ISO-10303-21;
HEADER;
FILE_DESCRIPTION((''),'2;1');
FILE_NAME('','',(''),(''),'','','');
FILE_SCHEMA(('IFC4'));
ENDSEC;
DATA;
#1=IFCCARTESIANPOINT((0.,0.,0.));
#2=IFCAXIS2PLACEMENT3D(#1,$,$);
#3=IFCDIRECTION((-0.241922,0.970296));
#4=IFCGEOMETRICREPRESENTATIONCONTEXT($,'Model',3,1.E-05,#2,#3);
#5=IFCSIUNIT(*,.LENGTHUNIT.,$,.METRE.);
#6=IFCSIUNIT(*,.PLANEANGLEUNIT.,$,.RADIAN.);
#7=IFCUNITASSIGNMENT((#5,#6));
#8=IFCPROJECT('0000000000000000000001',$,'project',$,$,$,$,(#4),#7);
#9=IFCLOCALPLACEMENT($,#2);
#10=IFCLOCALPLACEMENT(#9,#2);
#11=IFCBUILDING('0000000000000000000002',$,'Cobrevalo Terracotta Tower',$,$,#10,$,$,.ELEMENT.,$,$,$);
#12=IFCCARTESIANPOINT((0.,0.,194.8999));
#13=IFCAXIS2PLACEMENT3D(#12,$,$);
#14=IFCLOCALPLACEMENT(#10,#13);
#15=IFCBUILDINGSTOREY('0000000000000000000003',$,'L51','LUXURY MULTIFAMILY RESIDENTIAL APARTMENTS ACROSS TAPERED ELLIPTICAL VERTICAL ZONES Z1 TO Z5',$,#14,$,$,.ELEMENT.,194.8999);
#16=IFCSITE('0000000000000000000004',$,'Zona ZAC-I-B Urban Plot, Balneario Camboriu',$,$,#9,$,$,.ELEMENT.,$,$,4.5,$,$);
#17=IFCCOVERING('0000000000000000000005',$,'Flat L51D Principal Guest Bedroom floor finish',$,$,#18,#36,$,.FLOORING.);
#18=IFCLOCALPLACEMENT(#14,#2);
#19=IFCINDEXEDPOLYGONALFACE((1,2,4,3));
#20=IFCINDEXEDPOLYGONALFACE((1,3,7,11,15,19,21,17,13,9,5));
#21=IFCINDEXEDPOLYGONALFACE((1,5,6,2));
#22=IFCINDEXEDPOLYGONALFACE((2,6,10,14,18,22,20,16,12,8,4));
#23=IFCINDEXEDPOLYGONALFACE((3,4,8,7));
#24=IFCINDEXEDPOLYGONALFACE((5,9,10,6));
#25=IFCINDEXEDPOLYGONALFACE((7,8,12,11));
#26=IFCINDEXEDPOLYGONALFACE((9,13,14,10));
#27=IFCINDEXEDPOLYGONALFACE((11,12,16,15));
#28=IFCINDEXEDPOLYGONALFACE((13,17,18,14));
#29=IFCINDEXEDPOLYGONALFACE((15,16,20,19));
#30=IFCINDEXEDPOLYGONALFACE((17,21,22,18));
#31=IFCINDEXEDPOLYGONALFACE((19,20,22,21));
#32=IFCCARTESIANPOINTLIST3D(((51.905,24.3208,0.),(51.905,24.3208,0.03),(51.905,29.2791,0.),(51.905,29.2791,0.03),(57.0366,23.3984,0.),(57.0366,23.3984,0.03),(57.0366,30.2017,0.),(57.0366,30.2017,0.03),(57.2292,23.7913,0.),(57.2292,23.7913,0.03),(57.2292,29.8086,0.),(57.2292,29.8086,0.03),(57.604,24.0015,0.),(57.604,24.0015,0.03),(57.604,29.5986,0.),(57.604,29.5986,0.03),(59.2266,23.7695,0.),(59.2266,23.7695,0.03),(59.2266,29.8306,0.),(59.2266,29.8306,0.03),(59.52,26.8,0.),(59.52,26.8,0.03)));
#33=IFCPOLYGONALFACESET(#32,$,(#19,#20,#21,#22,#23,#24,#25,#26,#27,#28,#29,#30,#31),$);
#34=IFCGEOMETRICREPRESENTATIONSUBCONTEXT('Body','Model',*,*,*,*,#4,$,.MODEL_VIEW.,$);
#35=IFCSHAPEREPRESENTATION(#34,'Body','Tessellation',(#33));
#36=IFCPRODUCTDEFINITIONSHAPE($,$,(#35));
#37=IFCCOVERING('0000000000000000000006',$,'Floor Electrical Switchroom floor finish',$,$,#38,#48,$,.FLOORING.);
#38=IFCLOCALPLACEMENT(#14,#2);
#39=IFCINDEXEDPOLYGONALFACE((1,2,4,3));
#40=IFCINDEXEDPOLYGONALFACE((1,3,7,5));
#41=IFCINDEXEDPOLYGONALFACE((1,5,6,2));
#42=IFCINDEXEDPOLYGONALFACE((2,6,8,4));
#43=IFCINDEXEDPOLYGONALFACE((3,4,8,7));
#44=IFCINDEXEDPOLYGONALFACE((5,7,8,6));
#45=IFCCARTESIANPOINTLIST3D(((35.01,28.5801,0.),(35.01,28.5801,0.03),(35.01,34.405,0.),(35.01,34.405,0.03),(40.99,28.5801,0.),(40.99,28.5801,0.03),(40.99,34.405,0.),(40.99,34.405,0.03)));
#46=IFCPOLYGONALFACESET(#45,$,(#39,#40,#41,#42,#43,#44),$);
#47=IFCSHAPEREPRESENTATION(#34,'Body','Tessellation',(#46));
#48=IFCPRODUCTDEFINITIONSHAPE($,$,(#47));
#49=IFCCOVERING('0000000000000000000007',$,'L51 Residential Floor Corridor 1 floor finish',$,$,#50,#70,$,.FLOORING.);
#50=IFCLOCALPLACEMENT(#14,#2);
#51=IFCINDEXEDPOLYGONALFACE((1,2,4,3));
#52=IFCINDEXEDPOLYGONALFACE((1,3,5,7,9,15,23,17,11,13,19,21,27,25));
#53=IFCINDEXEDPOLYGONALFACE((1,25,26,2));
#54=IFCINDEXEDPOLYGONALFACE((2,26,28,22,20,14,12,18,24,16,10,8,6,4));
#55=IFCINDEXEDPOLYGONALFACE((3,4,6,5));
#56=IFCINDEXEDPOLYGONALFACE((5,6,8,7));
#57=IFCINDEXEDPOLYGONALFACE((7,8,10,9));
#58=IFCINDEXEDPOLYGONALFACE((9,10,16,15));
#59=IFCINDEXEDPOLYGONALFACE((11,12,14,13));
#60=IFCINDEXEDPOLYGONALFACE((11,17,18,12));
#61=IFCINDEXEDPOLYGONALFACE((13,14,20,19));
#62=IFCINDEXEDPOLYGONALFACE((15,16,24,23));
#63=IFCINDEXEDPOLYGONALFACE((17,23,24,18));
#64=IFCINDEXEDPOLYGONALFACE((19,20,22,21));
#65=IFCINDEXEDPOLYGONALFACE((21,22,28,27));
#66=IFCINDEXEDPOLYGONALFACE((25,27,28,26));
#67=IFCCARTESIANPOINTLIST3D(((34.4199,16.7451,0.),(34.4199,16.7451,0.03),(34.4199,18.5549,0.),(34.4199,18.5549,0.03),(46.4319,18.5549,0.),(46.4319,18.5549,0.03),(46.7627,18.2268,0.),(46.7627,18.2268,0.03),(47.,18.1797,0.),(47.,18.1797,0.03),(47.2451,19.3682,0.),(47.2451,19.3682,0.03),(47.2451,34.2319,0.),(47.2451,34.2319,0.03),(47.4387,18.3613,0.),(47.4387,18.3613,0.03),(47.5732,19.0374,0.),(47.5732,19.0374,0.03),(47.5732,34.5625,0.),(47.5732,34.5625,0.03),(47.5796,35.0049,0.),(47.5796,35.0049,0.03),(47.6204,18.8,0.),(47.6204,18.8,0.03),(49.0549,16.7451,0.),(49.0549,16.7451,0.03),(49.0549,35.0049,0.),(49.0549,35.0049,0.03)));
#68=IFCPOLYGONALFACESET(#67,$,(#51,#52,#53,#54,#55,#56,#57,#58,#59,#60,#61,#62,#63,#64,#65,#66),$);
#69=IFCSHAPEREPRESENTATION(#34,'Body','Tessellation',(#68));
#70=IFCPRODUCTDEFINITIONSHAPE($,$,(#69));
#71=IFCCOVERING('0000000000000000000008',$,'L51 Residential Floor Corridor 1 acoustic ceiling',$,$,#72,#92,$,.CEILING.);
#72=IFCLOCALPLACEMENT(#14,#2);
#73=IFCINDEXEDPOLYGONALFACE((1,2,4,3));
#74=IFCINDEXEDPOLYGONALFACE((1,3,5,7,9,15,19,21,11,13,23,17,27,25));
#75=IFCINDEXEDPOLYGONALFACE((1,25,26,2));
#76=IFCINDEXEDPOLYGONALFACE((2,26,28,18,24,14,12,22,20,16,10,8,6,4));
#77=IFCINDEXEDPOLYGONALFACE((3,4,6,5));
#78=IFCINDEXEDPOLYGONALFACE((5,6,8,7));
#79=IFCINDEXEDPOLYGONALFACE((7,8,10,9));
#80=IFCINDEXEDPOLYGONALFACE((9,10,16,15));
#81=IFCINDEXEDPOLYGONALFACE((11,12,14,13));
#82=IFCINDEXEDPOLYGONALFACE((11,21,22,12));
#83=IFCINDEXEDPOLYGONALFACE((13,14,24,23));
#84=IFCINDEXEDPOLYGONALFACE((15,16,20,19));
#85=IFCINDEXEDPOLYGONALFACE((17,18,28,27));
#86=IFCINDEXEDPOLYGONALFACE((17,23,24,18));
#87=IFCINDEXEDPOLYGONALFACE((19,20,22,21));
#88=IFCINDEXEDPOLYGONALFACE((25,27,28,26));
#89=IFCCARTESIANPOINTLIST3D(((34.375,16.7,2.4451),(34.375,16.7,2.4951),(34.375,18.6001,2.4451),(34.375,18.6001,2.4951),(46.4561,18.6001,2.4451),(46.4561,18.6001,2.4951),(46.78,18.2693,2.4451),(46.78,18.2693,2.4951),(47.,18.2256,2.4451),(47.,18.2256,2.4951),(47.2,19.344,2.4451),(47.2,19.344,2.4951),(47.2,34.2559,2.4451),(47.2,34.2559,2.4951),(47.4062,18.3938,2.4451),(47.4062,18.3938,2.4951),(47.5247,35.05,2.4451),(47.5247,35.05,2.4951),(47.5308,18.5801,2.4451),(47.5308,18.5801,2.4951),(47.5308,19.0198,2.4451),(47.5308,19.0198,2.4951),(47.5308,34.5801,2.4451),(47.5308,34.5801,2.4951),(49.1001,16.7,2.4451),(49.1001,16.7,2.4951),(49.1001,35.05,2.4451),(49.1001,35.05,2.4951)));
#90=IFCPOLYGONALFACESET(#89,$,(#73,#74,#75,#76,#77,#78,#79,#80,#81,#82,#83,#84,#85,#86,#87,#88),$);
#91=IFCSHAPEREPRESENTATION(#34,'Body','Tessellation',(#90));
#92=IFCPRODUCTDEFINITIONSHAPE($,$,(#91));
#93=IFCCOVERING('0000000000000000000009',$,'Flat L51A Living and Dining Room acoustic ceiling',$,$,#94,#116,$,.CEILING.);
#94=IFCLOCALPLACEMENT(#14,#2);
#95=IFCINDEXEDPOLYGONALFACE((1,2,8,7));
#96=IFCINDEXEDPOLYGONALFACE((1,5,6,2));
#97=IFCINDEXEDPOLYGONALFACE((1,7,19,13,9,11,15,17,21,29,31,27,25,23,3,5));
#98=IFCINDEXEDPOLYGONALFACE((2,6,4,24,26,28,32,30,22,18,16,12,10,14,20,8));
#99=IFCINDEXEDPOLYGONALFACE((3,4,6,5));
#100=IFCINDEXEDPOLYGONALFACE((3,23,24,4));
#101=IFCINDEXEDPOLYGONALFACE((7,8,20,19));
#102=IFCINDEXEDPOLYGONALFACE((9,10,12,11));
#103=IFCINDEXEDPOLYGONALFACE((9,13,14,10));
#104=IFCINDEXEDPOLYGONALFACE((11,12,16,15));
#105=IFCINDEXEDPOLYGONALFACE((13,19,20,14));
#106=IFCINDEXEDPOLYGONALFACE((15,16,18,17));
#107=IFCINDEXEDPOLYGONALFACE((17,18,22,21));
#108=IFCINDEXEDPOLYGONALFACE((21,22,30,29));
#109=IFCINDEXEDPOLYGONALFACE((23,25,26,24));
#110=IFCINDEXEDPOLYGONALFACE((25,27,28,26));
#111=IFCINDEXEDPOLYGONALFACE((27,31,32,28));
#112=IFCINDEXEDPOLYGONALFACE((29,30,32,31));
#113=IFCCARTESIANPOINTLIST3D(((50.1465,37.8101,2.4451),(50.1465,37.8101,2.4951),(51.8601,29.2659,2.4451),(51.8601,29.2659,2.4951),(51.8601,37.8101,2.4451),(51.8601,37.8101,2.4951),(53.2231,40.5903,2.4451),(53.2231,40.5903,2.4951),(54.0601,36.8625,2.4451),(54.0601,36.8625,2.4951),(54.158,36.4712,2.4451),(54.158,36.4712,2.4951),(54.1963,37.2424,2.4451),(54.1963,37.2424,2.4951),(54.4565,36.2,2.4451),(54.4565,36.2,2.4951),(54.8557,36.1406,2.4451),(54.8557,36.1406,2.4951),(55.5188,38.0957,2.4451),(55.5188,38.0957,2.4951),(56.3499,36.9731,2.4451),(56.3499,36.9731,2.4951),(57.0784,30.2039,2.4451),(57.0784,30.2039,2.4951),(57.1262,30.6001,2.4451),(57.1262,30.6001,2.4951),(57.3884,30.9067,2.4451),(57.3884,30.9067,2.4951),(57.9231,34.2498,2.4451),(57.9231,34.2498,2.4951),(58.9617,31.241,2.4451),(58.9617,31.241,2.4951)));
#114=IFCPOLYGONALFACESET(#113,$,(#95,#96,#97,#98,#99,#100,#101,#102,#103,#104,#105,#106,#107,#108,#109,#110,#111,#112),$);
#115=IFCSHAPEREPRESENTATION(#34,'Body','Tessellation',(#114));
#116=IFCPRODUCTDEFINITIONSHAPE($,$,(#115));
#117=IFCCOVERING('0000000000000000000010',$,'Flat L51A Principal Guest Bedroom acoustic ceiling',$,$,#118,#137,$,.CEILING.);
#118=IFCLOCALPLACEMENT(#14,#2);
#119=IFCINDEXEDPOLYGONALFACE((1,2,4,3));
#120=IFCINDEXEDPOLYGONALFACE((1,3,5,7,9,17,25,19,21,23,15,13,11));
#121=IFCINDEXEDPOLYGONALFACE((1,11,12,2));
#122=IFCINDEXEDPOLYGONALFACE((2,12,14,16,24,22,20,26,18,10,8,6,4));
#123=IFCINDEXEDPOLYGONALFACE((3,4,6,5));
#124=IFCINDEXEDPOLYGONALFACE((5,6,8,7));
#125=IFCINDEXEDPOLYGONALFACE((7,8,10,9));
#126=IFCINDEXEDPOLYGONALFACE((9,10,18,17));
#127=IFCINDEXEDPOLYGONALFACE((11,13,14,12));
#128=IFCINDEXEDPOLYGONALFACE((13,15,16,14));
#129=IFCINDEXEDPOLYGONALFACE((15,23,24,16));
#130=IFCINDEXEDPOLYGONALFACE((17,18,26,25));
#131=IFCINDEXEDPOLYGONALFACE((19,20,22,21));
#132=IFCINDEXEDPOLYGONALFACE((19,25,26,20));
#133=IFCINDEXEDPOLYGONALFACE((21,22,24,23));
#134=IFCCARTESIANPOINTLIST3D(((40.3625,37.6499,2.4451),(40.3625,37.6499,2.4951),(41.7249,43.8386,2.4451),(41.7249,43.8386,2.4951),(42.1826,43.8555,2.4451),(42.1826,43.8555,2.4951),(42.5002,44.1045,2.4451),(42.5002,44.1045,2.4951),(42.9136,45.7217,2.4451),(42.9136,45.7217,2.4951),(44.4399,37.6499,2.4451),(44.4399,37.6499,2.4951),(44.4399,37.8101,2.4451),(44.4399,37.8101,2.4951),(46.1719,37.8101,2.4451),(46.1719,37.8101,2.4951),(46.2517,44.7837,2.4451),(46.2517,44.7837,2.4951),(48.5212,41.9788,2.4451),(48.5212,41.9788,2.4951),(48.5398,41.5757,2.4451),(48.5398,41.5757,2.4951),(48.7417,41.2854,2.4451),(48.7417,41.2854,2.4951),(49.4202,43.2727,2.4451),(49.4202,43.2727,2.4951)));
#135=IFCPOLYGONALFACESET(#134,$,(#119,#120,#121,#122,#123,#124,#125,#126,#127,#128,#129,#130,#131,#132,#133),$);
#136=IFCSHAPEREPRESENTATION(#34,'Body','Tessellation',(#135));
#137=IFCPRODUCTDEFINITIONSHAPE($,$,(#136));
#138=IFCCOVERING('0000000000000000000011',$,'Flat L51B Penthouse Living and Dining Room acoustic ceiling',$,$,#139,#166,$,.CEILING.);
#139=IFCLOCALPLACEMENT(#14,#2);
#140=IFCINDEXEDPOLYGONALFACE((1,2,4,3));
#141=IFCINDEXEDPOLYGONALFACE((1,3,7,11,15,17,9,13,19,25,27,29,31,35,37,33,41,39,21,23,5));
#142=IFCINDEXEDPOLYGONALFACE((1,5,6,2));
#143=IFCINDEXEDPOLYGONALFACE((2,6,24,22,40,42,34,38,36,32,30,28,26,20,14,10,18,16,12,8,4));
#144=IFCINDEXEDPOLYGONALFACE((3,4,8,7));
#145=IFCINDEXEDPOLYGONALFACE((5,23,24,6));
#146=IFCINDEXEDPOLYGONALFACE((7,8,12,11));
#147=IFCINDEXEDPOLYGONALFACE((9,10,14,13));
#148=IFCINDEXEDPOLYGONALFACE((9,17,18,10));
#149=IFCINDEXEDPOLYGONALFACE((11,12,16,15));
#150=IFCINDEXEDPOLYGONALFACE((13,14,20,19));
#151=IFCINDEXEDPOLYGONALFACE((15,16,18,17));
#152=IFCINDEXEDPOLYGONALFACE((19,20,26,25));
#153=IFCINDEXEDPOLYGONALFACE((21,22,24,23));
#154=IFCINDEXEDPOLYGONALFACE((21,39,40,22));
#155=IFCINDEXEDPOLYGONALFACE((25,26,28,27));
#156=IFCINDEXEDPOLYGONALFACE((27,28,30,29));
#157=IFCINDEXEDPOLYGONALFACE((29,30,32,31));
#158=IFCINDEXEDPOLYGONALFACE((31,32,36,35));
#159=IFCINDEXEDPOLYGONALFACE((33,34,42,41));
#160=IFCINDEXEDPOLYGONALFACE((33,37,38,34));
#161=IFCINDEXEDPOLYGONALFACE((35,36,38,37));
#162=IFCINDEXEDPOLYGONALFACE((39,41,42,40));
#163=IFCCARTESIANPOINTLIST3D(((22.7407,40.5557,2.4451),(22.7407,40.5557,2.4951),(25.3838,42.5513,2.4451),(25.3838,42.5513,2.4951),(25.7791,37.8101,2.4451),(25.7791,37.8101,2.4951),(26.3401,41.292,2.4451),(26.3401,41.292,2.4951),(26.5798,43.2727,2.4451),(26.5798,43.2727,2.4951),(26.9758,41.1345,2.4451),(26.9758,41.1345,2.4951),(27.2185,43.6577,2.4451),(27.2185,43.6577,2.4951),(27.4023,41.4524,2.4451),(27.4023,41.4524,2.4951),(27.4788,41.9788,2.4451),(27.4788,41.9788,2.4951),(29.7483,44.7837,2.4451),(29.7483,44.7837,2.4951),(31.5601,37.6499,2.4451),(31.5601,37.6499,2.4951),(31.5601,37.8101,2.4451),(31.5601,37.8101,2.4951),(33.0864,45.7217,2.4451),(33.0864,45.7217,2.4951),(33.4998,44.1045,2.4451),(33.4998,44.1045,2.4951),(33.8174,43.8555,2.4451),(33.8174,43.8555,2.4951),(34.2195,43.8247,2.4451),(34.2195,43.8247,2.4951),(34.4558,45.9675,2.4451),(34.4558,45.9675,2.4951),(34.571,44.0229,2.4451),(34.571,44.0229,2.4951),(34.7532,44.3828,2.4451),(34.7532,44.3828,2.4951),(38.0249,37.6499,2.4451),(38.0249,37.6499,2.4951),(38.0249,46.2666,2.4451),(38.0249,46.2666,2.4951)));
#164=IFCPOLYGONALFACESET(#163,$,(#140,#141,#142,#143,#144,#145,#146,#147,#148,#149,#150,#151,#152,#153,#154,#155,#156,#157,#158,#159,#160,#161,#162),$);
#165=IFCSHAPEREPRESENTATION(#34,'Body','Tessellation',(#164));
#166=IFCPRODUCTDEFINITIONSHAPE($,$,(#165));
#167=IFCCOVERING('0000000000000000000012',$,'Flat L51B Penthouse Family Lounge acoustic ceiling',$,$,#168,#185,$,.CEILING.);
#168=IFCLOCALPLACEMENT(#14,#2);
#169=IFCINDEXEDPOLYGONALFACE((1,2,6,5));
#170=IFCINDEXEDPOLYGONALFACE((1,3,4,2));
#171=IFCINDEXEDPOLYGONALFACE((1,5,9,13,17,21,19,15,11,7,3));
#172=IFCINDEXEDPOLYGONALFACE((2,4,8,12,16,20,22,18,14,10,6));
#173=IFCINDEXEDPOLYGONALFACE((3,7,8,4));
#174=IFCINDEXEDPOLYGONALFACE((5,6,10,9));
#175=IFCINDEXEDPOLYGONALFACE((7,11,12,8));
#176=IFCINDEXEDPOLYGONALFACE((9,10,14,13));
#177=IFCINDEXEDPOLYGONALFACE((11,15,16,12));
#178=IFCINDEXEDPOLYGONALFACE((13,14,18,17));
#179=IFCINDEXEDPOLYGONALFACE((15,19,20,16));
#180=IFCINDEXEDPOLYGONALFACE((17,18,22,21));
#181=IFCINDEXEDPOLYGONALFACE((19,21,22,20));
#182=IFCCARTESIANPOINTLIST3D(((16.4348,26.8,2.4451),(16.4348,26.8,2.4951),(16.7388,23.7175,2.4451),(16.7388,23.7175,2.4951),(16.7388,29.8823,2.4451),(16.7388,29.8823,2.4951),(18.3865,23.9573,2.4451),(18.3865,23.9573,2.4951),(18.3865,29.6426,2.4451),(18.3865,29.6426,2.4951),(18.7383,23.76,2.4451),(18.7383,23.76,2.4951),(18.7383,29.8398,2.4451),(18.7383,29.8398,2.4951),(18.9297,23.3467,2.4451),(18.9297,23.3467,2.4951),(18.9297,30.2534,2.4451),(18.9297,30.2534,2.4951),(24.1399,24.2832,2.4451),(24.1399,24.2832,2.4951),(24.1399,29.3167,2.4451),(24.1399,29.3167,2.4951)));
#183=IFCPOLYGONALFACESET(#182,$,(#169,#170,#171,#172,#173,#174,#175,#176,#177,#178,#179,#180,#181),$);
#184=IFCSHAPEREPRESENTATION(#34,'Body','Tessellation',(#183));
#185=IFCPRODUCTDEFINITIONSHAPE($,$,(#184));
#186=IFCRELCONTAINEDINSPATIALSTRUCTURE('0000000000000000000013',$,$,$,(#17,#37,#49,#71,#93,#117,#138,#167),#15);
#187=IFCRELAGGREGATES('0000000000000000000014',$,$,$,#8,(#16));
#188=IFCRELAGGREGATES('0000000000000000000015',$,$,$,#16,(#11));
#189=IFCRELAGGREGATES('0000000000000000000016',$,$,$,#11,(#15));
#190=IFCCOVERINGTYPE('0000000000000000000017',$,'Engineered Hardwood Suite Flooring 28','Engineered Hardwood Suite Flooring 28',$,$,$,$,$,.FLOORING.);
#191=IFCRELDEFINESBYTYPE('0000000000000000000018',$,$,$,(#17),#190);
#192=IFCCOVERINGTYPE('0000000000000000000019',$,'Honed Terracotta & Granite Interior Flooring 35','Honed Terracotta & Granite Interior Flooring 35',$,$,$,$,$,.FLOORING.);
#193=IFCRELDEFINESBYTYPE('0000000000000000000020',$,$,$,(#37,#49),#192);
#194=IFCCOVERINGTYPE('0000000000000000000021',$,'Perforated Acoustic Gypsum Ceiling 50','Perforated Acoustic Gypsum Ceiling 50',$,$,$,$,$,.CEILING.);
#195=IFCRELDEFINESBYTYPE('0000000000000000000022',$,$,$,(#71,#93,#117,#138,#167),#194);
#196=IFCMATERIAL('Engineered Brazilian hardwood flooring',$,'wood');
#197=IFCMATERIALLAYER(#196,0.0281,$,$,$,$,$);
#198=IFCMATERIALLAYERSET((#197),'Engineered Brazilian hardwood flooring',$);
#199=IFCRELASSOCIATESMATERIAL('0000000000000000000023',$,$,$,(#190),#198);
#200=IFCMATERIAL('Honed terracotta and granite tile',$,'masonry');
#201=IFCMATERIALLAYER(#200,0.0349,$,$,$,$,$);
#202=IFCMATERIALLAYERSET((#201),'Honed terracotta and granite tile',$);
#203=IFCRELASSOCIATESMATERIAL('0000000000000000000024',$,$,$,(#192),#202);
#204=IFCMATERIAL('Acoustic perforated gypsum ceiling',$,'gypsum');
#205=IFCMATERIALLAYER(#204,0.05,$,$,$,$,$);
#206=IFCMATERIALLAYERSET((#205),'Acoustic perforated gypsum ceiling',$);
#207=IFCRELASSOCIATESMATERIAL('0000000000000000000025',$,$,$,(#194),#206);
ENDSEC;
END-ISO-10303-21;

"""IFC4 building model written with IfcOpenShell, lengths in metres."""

from ifc_helpers import new_model, si_unit, direction, frame, origin, place, context, subcontext, project, spatial, polyline, outline, extrude, material, layer, layer_set, type_object, element, save


model = new_model("IFC4")

# Units and contexts
model_context = context("Model", 3, precision=1e-05, world=origin(), true_north=direction((-0.241922, 0.970296)))
body_context = subcontext(model_context, "Body", "Model", "MODEL_VIEW")
ifc_project = project(units=[si_unit("LENGTHUNIT", "METRE"), si_unit("PLANEANGLEUNIT", "RADIAN")], contexts=[model_context])

# Site, building, storey
site_placement = place(None, origin())
site = spatial("IfcSite", under=ifc_project, at=site_placement, Name="Zona ZAC-I-B Urban Plot, Balneario Camboriu", CompositionType="ELEMENT", RefElevation=4.5)
building_placement = place(site_placement, origin())
building = spatial("IfcBuilding", under=site, at=building_placement, Name="Cobrevalo Terracotta Tower", CompositionType="ELEMENT")
storey_placement = place(building_placement, frame((0.0, 0.0, 194.8999)))
storey = spatial("IfcBuildingStorey", under=building, at=storey_placement, Name="L51", Description="LUXURY MULTIFAMILY RESIDENTIAL APARTMENTS ACROSS TAPERED ELLIPTICAL VERTICAL ZONES Z1 TO Z5", CompositionType="ELEMENT", Elevation=194.8999)

# Coverings
ifc_material_1 = material(Name="Engineered Brazilian hardwood flooring", Category="wood")
ifc_layer_1 = layer(ifc_material_1, 0.0281)
ifc_layer_set_1 = layer_set([ifc_layer_1], Name="Engineered Brazilian hardwood flooring")
covering_type_1 = type_object("IfcCoveringType", Name="Engineered Hardwood Suite Flooring 28", Description="Engineered Hardwood Suite Flooring 28", PredefinedType="FLOORING", material=ifc_layer_set_1)
covering_1_placement = place(storey_placement, origin())
element("IfcCovering", 1, at=covering_1_placement, inside=storey, type_object=covering_type_1, Name="Flat L51D Principal Guest Bedroom floor finish", PredefinedType="FLOORING", context=body_context, shape_type="SweptSolid", body=[
    extrude(outline(polyline([(57.0366, 30.2017), (57.2292, 29.8086), (57.604, 29.5986), (59.2266, 29.8306), (59.52, 26.8), (59.2266, 23.7695), (57.604, 24.0015), (57.2292, 23.7913), (57.0366, 23.3984), (51.905, 24.3208), (51.905, 29.2791), (57.0366, 30.2017)])), origin(), (0.0, 0.0, 1.0), 0.03),
])
ifc_material_2 = material(Name="Honed terracotta and granite tile", Category="masonry")
ifc_layer_2 = layer(ifc_material_2, 0.0349)
ifc_layer_set_2 = layer_set([ifc_layer_2], Name="Honed terracotta and granite tile")
covering_type_2 = type_object("IfcCoveringType", Name="Honed Terracotta & Granite Interior Flooring 35", Description="Honed Terracotta & Granite Interior Flooring 35", PredefinedType="FLOORING", material=ifc_layer_set_2)
covering_2_placement = place(storey_placement, origin())
element("IfcCovering", 2, at=covering_2_placement, inside=storey, type_object=covering_type_2, Name="Floor Electrical Switchroom floor finish", PredefinedType="FLOORING", context=body_context, shape_type="SweptSolid", body=[
    extrude(outline(polyline([(35.01, 34.405), (40.99, 34.405), (40.99, 28.5801), (35.01, 28.5801), (35.01, 34.405)])), origin(), (0.0, 0.0, 1.0), 0.03),
])
covering_3_placement = place(storey_placement, origin())
element("IfcCovering", 3, at=covering_3_placement, inside=storey, type_object=covering_type_2, Name="L51 Residential Floor Corridor 1 floor finish", PredefinedType="FLOORING", context=body_context, shape_type="SweptSolid", body=[
    extrude(outline(polyline([(34.4199, 18.5549), (46.4319, 18.5549), (46.7627, 18.2268), (47.0, 18.1797), (47.4387, 18.3613), (47.6204, 18.8), (47.5732, 19.0374), (47.2451, 19.3682), (47.2451, 34.2319), (47.5732, 34.5625), (47.5796, 35.0049), (49.0549, 35.0049), (49.0549, 16.7451), (34.4199, 16.7451), (34.4199, 18.5549)])), origin(), (0.0, 0.0, 1.0), 0.03),
])
ifc_material_3 = material(Name="Acoustic perforated gypsum ceiling", Category="gypsum")
ifc_layer_3 = layer(ifc_material_3, 0.05)
ifc_layer_set_3 = layer_set([ifc_layer_3], Name="Acoustic perforated gypsum ceiling")
covering_type_3 = type_object("IfcCoveringType", Name="Perforated Acoustic Gypsum Ceiling 50", Description="Perforated Acoustic Gypsum Ceiling 50", PredefinedType="CEILING", material=ifc_layer_set_3)
covering_4_placement = place(storey_placement, frame((0.0, 0.0, 2.4451)))
element("IfcCovering", 4, at=covering_4_placement, inside=storey, type_object=covering_type_3, Name="L51 Residential Floor Corridor 1 acoustic ceiling", PredefinedType="CEILING", context=body_context, shape_type="SweptSolid", body=[
    extrude(outline(polyline([(34.375, 18.6001), (46.4561, 18.6001), (46.78, 18.2693), (47.0, 18.2256), (47.4062, 18.3938), (47.5308, 18.5801), (47.5308, 19.0198), (47.2, 19.344), (47.2, 34.2559), (47.5308, 34.5801), (47.5247, 35.05), (49.1001, 35.05), (49.1001, 16.7), (34.375, 16.7), (34.375, 18.6001)])), origin(), (0.0, 0.0, 1.0), 0.05),
])
covering_5_placement = place(storey_placement, frame((0.0, 0.0, 2.4451)))
element("IfcCovering", 5, at=covering_5_placement, inside=storey, type_object=covering_type_3, Name="Flat L51A Living and Dining Room acoustic ceiling", PredefinedType="CEILING", context=body_context, shape_type="SweptSolid", body=[
    extrude(outline(polyline([(53.2231, 40.5903), (55.5188, 38.0957), (54.1963, 37.2424), (54.0601, 36.8625), (54.158, 36.4712), (54.4565, 36.2), (54.8557, 36.1406), (56.3499, 36.9731), (57.9231, 34.2498), (58.9617, 31.241), (57.3884, 30.9067), (57.1262, 30.6001), (57.0784, 30.2039), (51.8601, 29.2659), (51.8601, 37.8101), (50.1465, 37.8101), (53.2231, 40.5903)])), origin(), (0.0, 0.0, 1.0), 0.05),
])
covering_6_placement = place(storey_placement, frame((0.0, 0.0, 2.4451)))
element("IfcCovering", 6, at=covering_6_placement, inside=storey, type_object=covering_type_3, Name="Flat L51A Principal Guest Bedroom acoustic ceiling", PredefinedType="CEILING", context=body_context, shape_type="SweptSolid", body=[
    extrude(outline(polyline([(46.2517, 44.7837), (49.4202, 43.2727), (48.5212, 41.9788), (48.5398, 41.5757), (48.7417, 41.2854), (46.1719, 37.8101), (44.4399, 37.8101), (44.4399, 37.6499), (40.3625, 37.6499), (41.7249, 43.8386), (42.1826, 43.8555), (42.5002, 44.1045), (42.9136, 45.7217), (46.2517, 44.7837)])), origin(), (0.0, 0.0, 1.0), 0.05),
])
covering_7_placement = place(storey_placement, frame((0.0, 0.0, 2.4451)))
element("IfcCovering", 7, at=covering_7_placement, inside=storey, type_object=covering_type_3, Name="Flat L51B Penthouse Living and Dining Room acoustic ceiling", PredefinedType="CEILING", context=body_context, shape_type="SweptSolid", body=[
    extrude(outline(polyline([(25.3838, 42.5513), (26.3401, 41.292), (26.9758, 41.1345), (27.4023, 41.4524), (27.4788, 41.9788), (26.5798, 43.2727), (27.2185, 43.6577), (29.7483, 44.7837), (33.0864, 45.7217), (33.4998, 44.1045), (33.8174, 43.8555), (34.2195, 43.8247), (34.571, 44.0229), (34.7532, 44.3828), (34.4558, 45.9675), (38.0249, 46.2666), (38.0249, 37.6499), (31.5601, 37.6499), (31.5601, 37.8101), (25.7791, 37.8101), (22.7407, 40.5557), (25.3838, 42.5513)])), origin(), (0.0, 0.0, 1.0), 0.05),
])
covering_8_placement = place(storey_placement, frame((0.0, 0.0, 2.4451)))
element("IfcCovering", 8, at=covering_8_placement, inside=storey, type_object=covering_type_3, Name="Flat L51B Penthouse Family Lounge acoustic ceiling", PredefinedType="CEILING", context=body_context, shape_type="SweptSolid", body=[
    extrude(outline(polyline([(16.7388, 29.8823), (18.3865, 29.6426), (18.7383, 29.8398), (18.9297, 30.2534), (24.1399, 29.3167), (24.1399, 24.2832), (18.9297, 23.3467), (18.7383, 23.76), (18.3865, 23.9573), (16.7388, 23.7175), (16.4348, 26.8), (16.7388, 29.8823)])), origin(), (0.0, 0.0, 1.0), 0.05),
])

save(model, "model.ifc")
